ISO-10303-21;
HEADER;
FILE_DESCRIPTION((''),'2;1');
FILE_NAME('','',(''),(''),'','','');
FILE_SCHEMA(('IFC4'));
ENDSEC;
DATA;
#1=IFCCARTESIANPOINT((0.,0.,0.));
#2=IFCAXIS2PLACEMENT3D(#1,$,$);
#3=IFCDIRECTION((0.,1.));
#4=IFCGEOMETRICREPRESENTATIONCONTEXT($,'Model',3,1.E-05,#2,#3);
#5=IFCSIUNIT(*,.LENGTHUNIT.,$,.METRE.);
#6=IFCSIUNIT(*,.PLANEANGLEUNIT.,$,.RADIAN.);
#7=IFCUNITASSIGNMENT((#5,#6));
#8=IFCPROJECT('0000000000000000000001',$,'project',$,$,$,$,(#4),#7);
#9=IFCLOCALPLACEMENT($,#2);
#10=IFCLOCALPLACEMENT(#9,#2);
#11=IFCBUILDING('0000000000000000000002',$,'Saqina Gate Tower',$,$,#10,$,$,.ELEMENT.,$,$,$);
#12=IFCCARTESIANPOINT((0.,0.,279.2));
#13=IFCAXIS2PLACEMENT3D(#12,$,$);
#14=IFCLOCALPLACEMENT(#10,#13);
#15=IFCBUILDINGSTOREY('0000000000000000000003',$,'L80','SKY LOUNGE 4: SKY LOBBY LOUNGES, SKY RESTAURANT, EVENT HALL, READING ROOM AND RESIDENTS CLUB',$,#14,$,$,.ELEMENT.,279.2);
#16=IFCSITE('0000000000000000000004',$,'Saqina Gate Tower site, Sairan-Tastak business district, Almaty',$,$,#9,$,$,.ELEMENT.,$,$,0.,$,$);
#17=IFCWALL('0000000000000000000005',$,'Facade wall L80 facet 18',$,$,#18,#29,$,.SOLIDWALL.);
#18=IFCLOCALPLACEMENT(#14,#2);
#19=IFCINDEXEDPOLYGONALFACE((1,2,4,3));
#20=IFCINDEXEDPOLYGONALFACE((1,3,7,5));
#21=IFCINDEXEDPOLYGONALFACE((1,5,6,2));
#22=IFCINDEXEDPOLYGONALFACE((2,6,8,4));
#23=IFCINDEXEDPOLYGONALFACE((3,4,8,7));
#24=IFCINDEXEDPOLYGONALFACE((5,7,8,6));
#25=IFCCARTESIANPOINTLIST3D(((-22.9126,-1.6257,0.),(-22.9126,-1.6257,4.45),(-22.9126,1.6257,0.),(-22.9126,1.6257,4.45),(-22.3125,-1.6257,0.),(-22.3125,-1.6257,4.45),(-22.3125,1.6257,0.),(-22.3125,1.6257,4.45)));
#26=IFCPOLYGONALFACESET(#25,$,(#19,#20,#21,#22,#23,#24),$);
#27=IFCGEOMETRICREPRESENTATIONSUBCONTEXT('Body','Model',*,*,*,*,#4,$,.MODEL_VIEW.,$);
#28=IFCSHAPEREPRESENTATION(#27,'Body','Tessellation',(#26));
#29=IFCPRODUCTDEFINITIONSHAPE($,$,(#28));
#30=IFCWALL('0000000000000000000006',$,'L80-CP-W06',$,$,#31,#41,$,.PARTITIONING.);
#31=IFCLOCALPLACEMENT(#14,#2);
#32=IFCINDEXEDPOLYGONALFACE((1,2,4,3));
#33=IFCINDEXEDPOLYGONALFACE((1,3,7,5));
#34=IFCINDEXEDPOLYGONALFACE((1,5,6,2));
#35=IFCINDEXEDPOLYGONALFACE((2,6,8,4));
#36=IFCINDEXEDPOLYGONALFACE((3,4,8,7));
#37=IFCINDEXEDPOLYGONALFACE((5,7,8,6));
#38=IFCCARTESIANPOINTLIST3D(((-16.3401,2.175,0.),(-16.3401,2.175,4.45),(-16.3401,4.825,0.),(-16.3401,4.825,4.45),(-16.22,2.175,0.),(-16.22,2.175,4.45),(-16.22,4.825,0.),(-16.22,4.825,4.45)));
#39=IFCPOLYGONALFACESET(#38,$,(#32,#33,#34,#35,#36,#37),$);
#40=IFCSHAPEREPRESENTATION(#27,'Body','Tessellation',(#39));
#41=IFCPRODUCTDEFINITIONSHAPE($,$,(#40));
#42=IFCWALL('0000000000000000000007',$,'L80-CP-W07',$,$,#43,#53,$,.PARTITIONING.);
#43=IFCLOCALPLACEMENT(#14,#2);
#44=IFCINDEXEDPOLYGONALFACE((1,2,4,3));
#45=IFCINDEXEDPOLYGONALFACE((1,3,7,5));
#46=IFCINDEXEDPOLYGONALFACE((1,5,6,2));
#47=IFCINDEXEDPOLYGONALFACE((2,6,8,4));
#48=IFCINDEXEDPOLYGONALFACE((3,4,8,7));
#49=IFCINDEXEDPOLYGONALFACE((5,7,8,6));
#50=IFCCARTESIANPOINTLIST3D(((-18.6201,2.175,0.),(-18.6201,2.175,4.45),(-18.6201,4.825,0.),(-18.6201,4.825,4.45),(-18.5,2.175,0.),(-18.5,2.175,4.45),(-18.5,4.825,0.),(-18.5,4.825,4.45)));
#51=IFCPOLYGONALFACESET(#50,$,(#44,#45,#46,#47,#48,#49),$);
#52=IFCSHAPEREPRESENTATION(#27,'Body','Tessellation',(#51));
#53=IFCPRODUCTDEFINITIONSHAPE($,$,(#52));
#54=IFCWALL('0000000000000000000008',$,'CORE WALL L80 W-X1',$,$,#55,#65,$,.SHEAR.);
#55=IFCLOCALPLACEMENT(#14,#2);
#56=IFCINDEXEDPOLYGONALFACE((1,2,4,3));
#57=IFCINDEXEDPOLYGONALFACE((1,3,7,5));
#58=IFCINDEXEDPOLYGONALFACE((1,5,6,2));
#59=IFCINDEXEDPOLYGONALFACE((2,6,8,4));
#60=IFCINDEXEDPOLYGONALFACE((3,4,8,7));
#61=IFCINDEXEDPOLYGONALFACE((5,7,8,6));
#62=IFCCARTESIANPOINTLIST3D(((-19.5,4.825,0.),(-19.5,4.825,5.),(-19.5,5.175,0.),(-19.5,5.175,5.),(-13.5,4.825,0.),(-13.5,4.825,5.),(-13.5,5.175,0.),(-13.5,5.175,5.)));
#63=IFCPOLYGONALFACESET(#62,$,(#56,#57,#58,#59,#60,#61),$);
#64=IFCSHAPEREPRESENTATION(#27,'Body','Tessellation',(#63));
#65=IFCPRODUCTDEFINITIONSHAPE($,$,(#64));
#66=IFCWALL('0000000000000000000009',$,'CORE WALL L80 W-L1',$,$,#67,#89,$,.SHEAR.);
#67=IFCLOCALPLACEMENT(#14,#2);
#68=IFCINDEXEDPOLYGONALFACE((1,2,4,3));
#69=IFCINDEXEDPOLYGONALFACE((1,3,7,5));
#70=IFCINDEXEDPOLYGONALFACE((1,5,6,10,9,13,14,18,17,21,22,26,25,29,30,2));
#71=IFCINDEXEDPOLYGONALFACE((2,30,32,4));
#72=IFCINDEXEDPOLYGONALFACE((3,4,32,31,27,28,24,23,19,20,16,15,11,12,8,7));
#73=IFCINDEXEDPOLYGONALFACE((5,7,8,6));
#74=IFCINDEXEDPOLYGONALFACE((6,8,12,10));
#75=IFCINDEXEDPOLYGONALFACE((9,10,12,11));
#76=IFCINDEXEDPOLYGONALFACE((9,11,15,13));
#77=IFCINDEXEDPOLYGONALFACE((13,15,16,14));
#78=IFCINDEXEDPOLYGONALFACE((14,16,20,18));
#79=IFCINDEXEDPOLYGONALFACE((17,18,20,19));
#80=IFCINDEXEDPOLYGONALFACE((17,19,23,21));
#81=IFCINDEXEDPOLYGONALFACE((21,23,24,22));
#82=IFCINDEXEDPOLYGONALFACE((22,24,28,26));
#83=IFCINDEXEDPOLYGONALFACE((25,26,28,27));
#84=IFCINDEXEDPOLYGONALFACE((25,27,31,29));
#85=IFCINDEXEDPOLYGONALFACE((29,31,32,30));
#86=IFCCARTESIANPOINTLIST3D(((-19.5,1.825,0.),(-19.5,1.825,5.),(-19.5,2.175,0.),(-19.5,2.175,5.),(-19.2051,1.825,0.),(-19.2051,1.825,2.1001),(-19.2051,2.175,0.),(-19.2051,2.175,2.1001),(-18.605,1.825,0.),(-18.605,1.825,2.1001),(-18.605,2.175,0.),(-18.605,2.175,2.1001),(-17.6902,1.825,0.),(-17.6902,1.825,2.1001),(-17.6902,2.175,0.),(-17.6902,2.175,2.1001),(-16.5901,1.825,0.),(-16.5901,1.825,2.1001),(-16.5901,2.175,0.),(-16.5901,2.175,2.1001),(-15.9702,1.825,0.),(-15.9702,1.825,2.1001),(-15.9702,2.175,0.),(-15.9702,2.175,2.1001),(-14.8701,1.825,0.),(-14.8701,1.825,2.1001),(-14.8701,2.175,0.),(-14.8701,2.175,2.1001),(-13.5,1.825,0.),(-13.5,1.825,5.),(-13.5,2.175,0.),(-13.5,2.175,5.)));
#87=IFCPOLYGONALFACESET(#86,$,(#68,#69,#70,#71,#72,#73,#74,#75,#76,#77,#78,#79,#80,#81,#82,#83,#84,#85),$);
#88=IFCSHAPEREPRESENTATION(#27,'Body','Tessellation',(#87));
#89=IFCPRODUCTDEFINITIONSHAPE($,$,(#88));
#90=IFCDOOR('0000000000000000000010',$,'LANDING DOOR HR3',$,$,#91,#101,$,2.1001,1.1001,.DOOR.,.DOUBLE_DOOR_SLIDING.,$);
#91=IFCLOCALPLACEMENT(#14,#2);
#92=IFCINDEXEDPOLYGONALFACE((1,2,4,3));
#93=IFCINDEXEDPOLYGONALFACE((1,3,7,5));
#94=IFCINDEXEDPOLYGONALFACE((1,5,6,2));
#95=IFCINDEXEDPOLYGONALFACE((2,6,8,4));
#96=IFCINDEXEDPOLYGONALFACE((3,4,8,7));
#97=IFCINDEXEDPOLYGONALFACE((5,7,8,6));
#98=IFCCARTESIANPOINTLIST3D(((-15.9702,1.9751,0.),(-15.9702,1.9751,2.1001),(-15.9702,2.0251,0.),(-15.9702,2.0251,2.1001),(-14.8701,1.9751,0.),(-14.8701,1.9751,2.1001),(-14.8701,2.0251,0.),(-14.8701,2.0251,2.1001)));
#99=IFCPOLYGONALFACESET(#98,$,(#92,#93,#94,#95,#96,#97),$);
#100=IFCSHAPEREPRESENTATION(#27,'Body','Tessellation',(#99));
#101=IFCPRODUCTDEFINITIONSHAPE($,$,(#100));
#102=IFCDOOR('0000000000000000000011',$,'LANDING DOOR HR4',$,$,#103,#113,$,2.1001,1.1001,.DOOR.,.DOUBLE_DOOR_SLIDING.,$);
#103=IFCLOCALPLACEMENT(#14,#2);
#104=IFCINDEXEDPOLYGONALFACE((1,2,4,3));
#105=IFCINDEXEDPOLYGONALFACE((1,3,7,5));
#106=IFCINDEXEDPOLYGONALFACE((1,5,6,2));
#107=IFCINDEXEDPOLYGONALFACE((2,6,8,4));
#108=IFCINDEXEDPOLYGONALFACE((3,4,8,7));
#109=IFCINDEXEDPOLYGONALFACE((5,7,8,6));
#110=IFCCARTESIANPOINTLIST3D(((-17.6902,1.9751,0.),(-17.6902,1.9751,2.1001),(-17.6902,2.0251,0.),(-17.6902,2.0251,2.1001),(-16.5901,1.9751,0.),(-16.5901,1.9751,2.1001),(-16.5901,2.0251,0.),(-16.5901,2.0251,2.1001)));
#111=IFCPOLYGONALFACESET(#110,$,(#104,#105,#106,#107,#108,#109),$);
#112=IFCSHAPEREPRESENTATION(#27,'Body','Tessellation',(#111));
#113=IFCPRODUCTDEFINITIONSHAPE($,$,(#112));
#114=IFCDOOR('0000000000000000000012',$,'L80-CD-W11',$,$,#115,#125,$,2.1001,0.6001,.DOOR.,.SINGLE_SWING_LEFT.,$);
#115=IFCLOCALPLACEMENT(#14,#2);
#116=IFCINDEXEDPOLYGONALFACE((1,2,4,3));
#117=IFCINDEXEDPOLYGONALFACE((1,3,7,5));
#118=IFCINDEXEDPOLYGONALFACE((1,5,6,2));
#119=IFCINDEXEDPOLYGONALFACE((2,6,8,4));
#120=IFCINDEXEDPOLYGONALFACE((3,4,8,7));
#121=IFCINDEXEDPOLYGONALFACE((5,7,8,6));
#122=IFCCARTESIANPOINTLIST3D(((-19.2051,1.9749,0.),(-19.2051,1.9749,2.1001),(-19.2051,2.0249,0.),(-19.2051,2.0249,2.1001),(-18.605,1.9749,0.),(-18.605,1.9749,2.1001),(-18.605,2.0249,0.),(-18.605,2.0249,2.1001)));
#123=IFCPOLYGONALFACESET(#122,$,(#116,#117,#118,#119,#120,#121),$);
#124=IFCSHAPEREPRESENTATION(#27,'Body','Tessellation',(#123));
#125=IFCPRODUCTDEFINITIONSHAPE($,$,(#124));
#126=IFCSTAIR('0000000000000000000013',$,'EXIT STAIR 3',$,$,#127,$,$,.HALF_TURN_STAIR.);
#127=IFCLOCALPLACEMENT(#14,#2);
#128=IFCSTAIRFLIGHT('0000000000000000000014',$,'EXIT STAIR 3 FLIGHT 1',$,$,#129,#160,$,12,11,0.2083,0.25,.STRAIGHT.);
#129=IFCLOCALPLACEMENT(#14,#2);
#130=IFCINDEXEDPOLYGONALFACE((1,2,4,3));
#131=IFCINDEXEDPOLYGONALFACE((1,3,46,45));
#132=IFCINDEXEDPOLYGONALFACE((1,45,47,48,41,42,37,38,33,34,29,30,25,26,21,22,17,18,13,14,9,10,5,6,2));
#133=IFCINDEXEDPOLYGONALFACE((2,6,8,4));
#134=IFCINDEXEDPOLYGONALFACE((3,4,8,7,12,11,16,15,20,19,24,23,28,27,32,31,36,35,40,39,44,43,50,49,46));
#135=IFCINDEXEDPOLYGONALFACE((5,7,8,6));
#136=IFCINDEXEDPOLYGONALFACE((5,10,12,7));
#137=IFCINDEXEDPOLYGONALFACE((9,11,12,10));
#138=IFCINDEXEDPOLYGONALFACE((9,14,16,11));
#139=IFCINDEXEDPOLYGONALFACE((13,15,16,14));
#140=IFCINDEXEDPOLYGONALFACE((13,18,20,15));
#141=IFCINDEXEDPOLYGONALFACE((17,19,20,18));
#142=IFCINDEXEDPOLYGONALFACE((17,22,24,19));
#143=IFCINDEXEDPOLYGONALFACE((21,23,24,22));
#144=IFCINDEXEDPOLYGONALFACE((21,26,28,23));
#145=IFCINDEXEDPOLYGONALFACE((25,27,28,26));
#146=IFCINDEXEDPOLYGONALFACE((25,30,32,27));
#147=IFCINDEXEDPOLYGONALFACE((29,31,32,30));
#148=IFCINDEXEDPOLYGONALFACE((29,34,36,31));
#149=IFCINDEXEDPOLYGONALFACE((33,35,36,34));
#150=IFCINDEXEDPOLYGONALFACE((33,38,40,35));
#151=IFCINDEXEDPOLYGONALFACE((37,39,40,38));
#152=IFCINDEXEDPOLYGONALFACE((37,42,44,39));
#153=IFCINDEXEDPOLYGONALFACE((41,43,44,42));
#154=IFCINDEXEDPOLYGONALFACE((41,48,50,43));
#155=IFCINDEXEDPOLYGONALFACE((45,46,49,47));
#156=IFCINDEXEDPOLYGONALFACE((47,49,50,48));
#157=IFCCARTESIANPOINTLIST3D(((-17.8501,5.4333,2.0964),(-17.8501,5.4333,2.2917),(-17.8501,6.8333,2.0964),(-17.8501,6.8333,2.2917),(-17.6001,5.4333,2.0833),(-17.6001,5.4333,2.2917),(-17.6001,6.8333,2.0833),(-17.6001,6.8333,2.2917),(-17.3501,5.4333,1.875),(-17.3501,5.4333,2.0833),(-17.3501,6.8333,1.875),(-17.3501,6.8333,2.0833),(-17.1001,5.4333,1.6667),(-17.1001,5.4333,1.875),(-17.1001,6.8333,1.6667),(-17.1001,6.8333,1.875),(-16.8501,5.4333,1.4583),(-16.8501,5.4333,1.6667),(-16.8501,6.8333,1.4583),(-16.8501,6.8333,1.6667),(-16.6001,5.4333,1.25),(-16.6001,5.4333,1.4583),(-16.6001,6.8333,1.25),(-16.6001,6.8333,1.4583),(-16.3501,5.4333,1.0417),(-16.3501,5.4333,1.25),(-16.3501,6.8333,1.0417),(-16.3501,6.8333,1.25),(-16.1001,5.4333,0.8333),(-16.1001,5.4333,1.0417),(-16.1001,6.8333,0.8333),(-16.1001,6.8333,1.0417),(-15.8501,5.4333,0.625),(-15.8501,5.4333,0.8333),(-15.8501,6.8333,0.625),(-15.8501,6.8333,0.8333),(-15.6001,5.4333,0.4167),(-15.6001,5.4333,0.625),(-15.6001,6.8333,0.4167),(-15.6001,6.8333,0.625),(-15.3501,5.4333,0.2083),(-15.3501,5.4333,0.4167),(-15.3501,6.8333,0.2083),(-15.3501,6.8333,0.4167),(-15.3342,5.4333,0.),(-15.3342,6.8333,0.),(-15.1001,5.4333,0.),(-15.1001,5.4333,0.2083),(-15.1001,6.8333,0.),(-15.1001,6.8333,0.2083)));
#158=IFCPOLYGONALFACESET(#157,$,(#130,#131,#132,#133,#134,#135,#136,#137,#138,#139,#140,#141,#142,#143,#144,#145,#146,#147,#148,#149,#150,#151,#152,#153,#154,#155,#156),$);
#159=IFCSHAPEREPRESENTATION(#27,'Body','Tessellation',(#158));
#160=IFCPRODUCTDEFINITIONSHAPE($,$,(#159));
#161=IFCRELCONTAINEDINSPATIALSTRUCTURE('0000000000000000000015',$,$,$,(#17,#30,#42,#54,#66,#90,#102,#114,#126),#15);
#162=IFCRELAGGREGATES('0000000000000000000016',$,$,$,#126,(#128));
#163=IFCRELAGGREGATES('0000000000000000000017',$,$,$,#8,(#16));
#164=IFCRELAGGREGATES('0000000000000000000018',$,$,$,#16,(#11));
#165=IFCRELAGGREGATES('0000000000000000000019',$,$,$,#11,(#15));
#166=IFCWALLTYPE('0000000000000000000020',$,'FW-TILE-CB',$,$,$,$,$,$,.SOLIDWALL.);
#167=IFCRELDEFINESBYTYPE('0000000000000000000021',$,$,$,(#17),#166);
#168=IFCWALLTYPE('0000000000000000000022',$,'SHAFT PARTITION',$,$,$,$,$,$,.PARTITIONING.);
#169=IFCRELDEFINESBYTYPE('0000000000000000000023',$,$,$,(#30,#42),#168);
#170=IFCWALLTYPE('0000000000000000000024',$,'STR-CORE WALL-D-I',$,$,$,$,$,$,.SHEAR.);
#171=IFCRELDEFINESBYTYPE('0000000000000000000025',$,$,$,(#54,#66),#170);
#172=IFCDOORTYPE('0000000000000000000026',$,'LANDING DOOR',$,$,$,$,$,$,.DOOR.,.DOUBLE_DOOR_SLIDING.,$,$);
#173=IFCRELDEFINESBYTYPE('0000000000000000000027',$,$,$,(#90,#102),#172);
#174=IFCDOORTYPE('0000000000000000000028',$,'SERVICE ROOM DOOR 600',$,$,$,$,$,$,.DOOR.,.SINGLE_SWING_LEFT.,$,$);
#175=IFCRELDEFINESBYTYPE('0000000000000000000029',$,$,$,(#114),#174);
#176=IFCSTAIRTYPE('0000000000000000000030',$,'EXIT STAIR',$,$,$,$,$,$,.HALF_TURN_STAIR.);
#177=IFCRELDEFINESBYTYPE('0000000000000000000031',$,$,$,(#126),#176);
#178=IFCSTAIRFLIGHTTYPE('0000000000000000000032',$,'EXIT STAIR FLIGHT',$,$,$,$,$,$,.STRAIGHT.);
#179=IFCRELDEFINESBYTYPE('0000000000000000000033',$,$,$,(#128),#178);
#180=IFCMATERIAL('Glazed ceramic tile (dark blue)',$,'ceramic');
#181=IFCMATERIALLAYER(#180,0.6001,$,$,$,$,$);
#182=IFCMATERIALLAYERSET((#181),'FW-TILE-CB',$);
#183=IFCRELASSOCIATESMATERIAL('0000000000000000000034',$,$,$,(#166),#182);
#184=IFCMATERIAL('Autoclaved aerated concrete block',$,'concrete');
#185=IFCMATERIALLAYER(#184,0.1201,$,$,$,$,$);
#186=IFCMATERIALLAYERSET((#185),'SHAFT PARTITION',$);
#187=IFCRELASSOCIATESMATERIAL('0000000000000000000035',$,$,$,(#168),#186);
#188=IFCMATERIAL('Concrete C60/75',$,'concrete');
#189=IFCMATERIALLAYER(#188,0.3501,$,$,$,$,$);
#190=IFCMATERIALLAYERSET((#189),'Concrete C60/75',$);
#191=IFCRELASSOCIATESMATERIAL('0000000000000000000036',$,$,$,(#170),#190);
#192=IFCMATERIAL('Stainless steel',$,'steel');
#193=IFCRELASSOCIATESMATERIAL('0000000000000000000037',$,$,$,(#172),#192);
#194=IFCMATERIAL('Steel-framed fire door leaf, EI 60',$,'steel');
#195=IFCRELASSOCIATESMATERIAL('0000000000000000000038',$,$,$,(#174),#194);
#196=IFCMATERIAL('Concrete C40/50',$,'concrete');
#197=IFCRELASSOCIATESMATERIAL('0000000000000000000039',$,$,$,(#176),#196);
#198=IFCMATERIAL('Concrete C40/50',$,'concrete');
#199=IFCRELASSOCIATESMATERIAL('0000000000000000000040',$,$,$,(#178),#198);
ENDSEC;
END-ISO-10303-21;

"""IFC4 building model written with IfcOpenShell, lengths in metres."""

from ifc_helpers import new_model, si_unit, direction, frame, frame_2d, origin, place, context, subcontext, project, spatial, polyline, rectangle, outline, extrude, material, layer, layer_set, type_object, element, fill, aggregate, save


model = new_model("IFC4")

# Units and contexts
model_context = context("Model", 3, precision=1e-05, world=origin(), true_north=direction((0.0, 1.0)))
body_context = subcontext(model_context, "Body", "Model", "MODEL_VIEW")
ifc_project = project(units=[si_unit("LENGTHUNIT", "METRE"), si_unit("PLANEANGLEUNIT", "RADIAN")], contexts=[model_context])

# Site, building, storey
site_placement = place(None, origin())
site = spatial("IfcSite", under=ifc_project, at=site_placement, Name="Saqina Gate Tower site, Sairan-Tastak business district, Almaty", CompositionType="ELEMENT", RefElevation=0.0)
building_placement = place(site_placement, origin())
building = spatial("IfcBuilding", under=site, at=building_placement, Name="Saqina Gate Tower", CompositionType="ELEMENT")
storey_placement = place(building_placement, frame((0.0, 0.0, 279.2)))
storey = spatial("IfcBuildingStorey", under=building, at=storey_placement, Name="L80", Description="SKY LOUNGE 4: SKY LOBBY LOUNGES, SKY RESTAURANT, EVENT HALL, READING ROOM AND RESIDENTS CLUB", CompositionType="ELEMENT", Elevation=279.2)

# Walls
ifc_material_1 = material(Name="Glazed ceramic tile (dark blue)", Category="ceramic")
ifc_layer_1 = layer(ifc_material_1, 0.6001)
ifc_layer_set_1 = layer_set([ifc_layer_1], Name="FW-TILE-CB")
wall_type_1 = type_object("IfcWallType", Name="FW-TILE-CB", PredefinedType="SOLIDWALL", material=ifc_layer_set_1)
wall_1_placement = place(storey_placement, frame((-22.6125, 1.6257, 0.0), z_axis=(0.0, 0.0, 1.0), x_axis=(0.0, -1.0, 0.0)))
element("IfcWall", 1, at=wall_1_placement, inside=storey, type_object=wall_type_1, Name="Facade wall L80 facet 18", PredefinedType="SOLIDWALL", context=body_context, shape_type="SweptSolid", body=[
    extrude(rectangle(XDim=3.2515, YDim=0.6001, at=frame_2d((1.6257, 0.0))), origin(), (0.0, 0.0, 1.0), 4.45),
])
ifc_material_2 = material(Name="Autoclaved aerated concrete block", Category="concrete")
ifc_layer_2 = layer(ifc_material_2, 0.1201)
ifc_layer_set_2 = layer_set([ifc_layer_2], Name="SHAFT PARTITION")
wall_type_2 = type_object("IfcWallType", Name="SHAFT PARTITION", PredefinedType="PARTITIONING", material=ifc_layer_set_2)
for number, where, z_axis, x_axis, name in (
    (2, (-16.28, 2.175, 0.0), (0.0, 0.0, 1.0), (0.0, 1.0, 0.0), "L80-CP-W06"),
    (3, (-18.5601, 2.175, 0.0), (0.0, 0.0, 1.0), (0.0, 1.0, 0.0), "L80-CP-W07"),
):
    element("IfcWall", number, at=place(storey_placement, frame(where, z_axis=z_axis, x_axis=x_axis)), inside=storey, type_object=wall_type_2, Name=name, PredefinedType="PARTITIONING", context=body_context, shape_type="SweptSolid", body=[
        extrude(rectangle(XDim=2.6499, YDim=0.1201, at=frame_2d((1.325, 0.0))), origin(), (0.0, 0.0, 1.0), 4.45),
    ])
ifc_material_3 = material(Name="Concrete C60/75", Category="concrete")
ifc_layer_3 = layer(ifc_material_3, 0.3501)
ifc_layer_set_3 = layer_set([ifc_layer_3], Name="Concrete C60/75")
wall_type_3 = type_object("IfcWallType", Name="STR-CORE WALL-D-I", PredefinedType="SHEAR", material=ifc_layer_set_3)
wall_2_placement = place(storey_placement, frame((-13.5, 5.0, 0.0), z_axis=(0.0, 0.0, 1.0), x_axis=(-1.0, 0.0, 0.0)))
element("IfcWall", 4, at=wall_2_placement, inside=storey, type_object=wall_type_3, Name="CORE WALL L80 W-X1", PredefinedType="SHEAR", context=body_context, shape_type="SweptSolid", body=[
    extrude(rectangle(XDim=6.0, YDim=0.3501, at=frame_2d((3.0, 0.0))), origin(), (0.0, 0.0, 1.0), 5.0),
])

# Wall, openings, doors
wall_3_placement = place(storey_placement, frame((-13.5, 2.0, 0.0), z_axis=(0.0, 0.0, 1.0), x_axis=(-1.0, 0.0, 0.0)))
wall_3 = element("IfcWall", 5, at=wall_3_placement, inside=storey, type_object=wall_type_3, Name="CORE WALL L80 W-L1", PredefinedType="SHEAR", context=body_context, shape_type="SweptSolid", body=[
    extrude(rectangle(XDim=6.0, YDim=0.3501, at=frame_2d((3.0, 0.0))), origin(), (0.0, 0.0, 1.0), 5.0),
])
opening_1_placement = place(wall_3_placement, frame((1.3701, 0.0, 0.0)))
opening_1 = element("IfcOpeningElement", 6, at=opening_1_placement, cuts=wall_3, PredefinedType="OPENING", context=body_context, shape_type="SweptSolid", body=[
    extrude(rectangle(XDim=1.1001, YDim=2.1001, at=frame_2d((0.55, 1.05))), frame((0.0, 0.187, 0.0), z_axis=(0.0, -1.0, 0.0), x_axis=(1.0, 0.0, 0.0)), (0.0, 0.0, 1.0), 0.374),
])
opening_2_placement = place(wall_3_placement, frame((3.0901, 0.0, 0.0)))
opening_2 = element("IfcOpeningElement", 7, at=opening_2_placement, cuts=wall_3, PredefinedType="OPENING", context=body_context, shape_type="SweptSolid", body=[
    extrude(rectangle(XDim=1.1001, YDim=2.1001, at=frame_2d((0.55, 1.05))), frame((0.0, 0.187, 0.0), z_axis=(0.0, -1.0, 0.0), x_axis=(1.0, 0.0, 0.0)), (0.0, 0.0, 1.0), 0.374),
])
opening_3_placement = place(wall_3_placement, frame((5.105, 0.0, 0.0)))
opening_3 = element("IfcOpeningElement", 8, at=opening_3_placement, cuts=wall_3, PredefinedType="OPENING", context=body_context, shape_type="SweptSolid", body=[
    extrude(rectangle(XDim=0.6001, YDim=2.1001, at=frame_2d((0.3, 1.05))), frame((0.0, 0.187, 0.0), z_axis=(0.0, -1.0, 0.0), x_axis=(1.0, 0.0, 0.0)), (0.0, 0.0, 1.0), 0.374),
])
ifc_material_4 = material(Name="Stainless steel", Category="steel")
door_type_1 = type_object("IfcDoorType", Name="LANDING DOOR", OperationType="DOUBLE_DOOR_SLIDING", PredefinedType="DOOR", material=ifc_material_4)
door_1_placement = place(opening_1_placement, origin())
door_1 = element("IfcDoor", 9, at=door_1_placement, inside=storey, type_object=door_type_1, Name="LANDING DOOR HR3", OperationType="DOUBLE_DOOR_SLIDING", OverallHeight=2.1001, OverallWidth=1.1001, PredefinedType="DOOR", context=body_context, shape_type="SweptSolid", body=[
    extrude(rectangle(XDim=1.1001, YDim=2.1001, at=frame_2d((0.55, 1.05))), frame((0.0, 0.0249, 0.0), z_axis=(0.0, -1.0, 0.0), x_axis=(1.0, 0.0, 0.0)), (0.0, 0.0, 1.0), 0.05),
])
fill(opening_1, door_1)
door_2_placement = place(opening_2_placement, origin())
door_2 = element("IfcDoor", 10, at=door_2_placement, inside=storey, type_object=door_type_1, Name="LANDING DOOR HR4", OperationType="DOUBLE_DOOR_SLIDING", OverallHeight=2.1001, OverallWidth=1.1001, PredefinedType="DOOR", context=body_context, shape_type="SweptSolid", body=[
    extrude(rectangle(XDim=1.1001, YDim=2.1001, at=frame_2d((0.55, 1.05))), frame((0.0, 0.0249, 0.0), z_axis=(0.0, -1.0, 0.0), x_axis=(1.0, 0.0, 0.0)), (0.0, 0.0, 1.0), 0.05),
])
fill(opening_2, door_2)
ifc_material_5 = material(Name="Steel-framed fire door leaf, EI 60", Category="steel")
door_type_2 = type_object("IfcDoorType", Name="SERVICE ROOM DOOR 600", OperationType="SINGLE_SWING_LEFT", PredefinedType="DOOR", material=ifc_material_5)
door_3_placement = place(opening_3_placement, frame((0.6001, 0.0, 0.0), z_axis=(0.0, 0.0, 1.0), x_axis=(-1.0, 0.0, 0.0)))
door_3 = element("IfcDoor", 11, at=door_3_placement, inside=storey, type_object=door_type_2, Name="L80-CD-W11", OperationType="SINGLE_SWING_LEFT", OverallHeight=2.1001, OverallWidth=0.6001, PredefinedType="DOOR", context=body_context, shape_type="SweptSolid", body=[
    extrude(rectangle(XDim=0.6001, YDim=2.1001, at=frame_2d((0.3, 1.05))), frame((0.0, 0.0249, 0.0), z_axis=(0.0, -1.0, 0.0), x_axis=(1.0, 0.0, 0.0)), (0.0, 0.0, 1.0), 0.05),
])
fill(opening_3, door_3)

# Stair, stair flight
ifc_material_6 = material(Name="Concrete C40/50", Category="concrete")
stair_type = type_object("IfcStairType", Name="EXIT STAIR", PredefinedType="HALF_TURN_STAIR", material=ifc_material_6)
stair_placement = place(storey_placement, origin())
stair = element("IfcStair", 12, at=stair_placement, inside=storey, type_object=stair_type, Name="EXIT STAIR 3", PredefinedType="HALF_TURN_STAIR")
ifc_material_7 = material(Name="Concrete C40/50", Category="concrete")
stair_flight_type = type_object("IfcStairFlightType", Name="EXIT STAIR FLIGHT", PredefinedType="STRAIGHT", material=ifc_material_7)
stair_flight_1_placement = place(storey_placement, frame((-15.1001, 6.1333, 0.0), z_axis=(0.0, 0.0, 1.0), x_axis=(-1.0, 0.0, 0.0)))
stair_flight_1 = element("IfcStairFlight", 13, at=stair_flight_1_placement, type_object=stair_flight_type, Name="EXIT STAIR 3 FLIGHT 1", NumberOfRisers=12, NumberOfTreads=11, PredefinedType="STRAIGHT", RiserHeight=0.2083, TreadLength=0.25, context=body_context, shape_type="SweptSolid", body=[
    extrude(outline(polyline([(0.0, 0.0), (0.0, 0.2083), (0.25, 0.2083), (0.25, 0.4167), (0.5, 0.4167), (0.5, 0.625), (0.75, 0.625), (0.75, 0.8333), (1.0, 0.8333), (1.0, 1.0417), (1.25, 1.0417), (1.25, 1.25), (1.5, 1.25), (1.5, 1.4583), (1.75, 1.4583), (1.75, 1.6667), (2.0, 1.6667), (2.0, 1.875), (2.25, 1.875), (2.25, 2.0833), (2.5, 2.0833), (2.5, 2.2917), (2.75, 2.2917), (2.75, 2.5), (2.75, 2.0964), (0.2341, 0.0), (0.0, 0.0)])), frame((0.0, 0.7, 0.0), z_axis=(0.0, -1.0, 0.0), x_axis=(1.0, 0.0, 0.0)), (0.0, 0.0, 1.0), 1.3999),
])
aggregate(stair, [stair_flight_1])

save(model, "model.ifc")
